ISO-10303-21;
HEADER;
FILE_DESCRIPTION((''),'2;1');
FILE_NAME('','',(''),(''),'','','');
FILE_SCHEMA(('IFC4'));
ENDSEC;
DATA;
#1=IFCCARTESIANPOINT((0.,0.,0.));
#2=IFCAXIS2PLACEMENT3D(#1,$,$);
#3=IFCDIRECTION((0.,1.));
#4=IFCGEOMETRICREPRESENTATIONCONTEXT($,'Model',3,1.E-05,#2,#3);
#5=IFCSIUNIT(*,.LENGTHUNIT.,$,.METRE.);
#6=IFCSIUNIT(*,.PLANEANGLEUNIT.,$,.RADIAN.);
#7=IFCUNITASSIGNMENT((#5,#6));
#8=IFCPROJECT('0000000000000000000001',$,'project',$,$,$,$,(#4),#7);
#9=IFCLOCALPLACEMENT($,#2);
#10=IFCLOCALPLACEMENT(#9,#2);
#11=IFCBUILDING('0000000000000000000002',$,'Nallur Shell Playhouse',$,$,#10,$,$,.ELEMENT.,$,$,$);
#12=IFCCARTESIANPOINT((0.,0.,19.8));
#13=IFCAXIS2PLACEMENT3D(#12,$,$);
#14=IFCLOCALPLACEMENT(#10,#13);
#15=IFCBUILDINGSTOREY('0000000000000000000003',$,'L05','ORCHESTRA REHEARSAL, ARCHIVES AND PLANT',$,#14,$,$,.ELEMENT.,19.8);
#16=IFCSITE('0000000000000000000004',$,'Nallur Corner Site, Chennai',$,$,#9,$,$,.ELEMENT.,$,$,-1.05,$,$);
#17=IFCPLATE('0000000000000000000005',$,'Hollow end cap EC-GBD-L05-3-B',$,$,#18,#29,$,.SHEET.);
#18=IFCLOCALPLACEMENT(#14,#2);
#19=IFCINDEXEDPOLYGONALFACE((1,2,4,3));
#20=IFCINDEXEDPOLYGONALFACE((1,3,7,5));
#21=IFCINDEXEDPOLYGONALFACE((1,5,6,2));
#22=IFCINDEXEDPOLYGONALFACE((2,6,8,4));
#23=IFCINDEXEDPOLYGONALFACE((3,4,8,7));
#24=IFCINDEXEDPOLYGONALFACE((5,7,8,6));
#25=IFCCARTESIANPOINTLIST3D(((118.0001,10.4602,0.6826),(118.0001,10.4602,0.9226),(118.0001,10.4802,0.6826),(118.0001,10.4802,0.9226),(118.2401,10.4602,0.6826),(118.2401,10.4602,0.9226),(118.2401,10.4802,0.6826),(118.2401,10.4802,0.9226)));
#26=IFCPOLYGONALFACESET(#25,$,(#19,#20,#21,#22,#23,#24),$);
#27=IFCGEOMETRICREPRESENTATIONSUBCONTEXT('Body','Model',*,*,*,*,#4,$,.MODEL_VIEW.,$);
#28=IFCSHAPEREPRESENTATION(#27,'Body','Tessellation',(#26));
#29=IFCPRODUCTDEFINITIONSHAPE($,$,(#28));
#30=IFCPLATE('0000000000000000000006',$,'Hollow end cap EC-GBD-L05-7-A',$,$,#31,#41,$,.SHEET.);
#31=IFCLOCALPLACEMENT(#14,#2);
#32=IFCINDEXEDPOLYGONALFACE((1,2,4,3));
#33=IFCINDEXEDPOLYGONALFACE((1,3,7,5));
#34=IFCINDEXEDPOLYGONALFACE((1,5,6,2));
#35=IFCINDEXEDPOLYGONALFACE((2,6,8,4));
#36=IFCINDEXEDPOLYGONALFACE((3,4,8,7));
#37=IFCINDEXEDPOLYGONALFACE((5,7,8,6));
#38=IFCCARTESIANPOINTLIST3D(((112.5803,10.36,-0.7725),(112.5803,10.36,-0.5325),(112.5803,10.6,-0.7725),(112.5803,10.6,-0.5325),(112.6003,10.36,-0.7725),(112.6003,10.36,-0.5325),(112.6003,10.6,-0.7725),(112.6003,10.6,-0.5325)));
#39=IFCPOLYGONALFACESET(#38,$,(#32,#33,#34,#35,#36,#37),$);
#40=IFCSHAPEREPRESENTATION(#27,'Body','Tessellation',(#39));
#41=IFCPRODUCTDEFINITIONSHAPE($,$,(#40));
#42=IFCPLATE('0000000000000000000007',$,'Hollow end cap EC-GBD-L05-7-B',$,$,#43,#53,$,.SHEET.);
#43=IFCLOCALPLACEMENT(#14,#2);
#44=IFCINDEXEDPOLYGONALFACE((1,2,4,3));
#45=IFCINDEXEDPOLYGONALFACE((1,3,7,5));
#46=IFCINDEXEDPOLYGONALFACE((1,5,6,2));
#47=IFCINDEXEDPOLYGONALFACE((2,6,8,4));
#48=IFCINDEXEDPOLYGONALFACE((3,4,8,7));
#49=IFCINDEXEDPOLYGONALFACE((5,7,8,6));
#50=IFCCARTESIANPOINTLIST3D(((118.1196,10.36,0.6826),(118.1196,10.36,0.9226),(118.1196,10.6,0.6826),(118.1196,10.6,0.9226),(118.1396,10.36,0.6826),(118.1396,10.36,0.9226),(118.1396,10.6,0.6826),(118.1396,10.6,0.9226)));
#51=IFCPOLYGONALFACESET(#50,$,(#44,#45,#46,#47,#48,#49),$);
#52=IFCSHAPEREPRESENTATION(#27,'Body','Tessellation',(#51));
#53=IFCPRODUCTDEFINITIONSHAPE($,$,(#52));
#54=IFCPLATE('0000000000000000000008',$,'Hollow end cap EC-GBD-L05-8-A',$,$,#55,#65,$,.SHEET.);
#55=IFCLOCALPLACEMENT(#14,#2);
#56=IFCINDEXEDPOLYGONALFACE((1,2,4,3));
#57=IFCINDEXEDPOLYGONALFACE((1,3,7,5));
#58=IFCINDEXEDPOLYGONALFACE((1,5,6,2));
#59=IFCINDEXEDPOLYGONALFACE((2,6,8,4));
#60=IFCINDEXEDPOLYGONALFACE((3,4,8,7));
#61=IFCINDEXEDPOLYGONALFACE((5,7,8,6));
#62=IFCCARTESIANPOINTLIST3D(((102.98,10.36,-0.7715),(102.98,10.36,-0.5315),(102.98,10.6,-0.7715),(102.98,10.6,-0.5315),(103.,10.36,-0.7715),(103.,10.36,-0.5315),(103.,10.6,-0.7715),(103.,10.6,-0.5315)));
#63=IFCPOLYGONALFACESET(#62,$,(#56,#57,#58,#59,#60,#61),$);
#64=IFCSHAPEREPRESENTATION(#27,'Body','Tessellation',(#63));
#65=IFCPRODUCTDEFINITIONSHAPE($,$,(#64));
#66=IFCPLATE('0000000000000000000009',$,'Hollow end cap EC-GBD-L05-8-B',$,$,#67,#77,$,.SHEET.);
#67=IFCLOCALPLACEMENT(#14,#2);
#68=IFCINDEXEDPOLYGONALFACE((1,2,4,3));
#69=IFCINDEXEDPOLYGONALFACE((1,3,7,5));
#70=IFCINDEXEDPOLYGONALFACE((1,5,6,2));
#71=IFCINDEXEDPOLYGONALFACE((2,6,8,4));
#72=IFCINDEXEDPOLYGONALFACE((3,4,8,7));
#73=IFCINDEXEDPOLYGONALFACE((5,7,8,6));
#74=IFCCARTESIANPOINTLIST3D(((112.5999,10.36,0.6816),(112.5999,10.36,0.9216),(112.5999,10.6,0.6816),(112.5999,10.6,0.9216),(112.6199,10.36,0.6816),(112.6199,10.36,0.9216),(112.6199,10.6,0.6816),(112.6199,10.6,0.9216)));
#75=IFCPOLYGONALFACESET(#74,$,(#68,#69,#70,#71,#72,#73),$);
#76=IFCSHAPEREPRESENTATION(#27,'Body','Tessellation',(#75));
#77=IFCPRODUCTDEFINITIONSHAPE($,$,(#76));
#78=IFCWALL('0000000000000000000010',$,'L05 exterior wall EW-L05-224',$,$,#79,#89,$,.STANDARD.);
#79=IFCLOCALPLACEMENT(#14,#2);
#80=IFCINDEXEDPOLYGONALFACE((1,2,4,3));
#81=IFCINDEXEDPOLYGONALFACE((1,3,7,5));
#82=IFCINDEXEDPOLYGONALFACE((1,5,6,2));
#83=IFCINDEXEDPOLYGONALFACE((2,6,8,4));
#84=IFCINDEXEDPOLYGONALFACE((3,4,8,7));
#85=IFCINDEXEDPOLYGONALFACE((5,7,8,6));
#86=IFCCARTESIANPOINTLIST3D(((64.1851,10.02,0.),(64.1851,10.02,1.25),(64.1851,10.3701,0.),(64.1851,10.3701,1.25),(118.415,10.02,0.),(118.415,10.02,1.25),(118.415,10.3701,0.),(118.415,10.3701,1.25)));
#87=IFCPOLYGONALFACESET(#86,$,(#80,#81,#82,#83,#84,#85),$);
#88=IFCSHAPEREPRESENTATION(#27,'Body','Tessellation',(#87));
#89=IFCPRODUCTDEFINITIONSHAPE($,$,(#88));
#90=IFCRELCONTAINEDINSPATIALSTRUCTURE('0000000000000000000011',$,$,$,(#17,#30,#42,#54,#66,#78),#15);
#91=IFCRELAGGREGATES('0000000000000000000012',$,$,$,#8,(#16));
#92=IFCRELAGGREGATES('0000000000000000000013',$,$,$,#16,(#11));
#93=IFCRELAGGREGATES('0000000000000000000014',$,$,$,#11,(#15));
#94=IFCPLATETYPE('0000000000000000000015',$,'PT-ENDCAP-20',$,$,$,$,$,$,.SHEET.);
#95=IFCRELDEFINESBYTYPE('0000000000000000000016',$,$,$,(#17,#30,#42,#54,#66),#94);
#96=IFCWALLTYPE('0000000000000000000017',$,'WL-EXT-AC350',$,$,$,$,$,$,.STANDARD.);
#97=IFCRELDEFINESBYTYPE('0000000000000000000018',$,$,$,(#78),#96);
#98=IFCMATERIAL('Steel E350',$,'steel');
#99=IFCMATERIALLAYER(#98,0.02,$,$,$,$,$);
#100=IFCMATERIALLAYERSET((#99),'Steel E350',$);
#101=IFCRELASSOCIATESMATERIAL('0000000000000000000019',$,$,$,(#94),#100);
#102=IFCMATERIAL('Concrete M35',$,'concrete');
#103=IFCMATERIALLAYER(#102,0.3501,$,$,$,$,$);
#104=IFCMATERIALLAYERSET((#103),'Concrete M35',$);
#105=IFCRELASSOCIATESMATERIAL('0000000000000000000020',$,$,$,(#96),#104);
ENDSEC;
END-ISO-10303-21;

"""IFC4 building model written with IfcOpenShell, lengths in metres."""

from ifc_helpers import new_model, si_unit, direction, frame, frame_2d, origin, origin_2d, place, context, subcontext, project, spatial, rectangle, extrude, material, layer, layer_set, type_object, element, save


model = new_model("IFC4")

# Units and contexts
model_context = context("Model", 3, precision=1e-05, world=origin(), true_north=direction((0.0, 1.0)))
body_context = subcontext(model_context, "Body", "Model", "MODEL_VIEW")
ifc_project = project(units=[si_unit("LENGTHUNIT", "METRE"), si_unit("PLANEANGLEUNIT", "RADIAN")], contexts=[model_context])

# Site, building, storey
site_placement = place(None, origin())
site = spatial("IfcSite", under=ifc_project, at=site_placement, Name="Nallur Corner Site, Chennai", CompositionType="ELEMENT", RefElevation=-1.05)
building_placement = place(site_placement, origin())
building = spatial("IfcBuilding", under=site, at=building_placement, Name="Nallur Shell Playhouse", CompositionType="ELEMENT")
storey_placement = place(building_placement, frame((0.0, 0.0, 19.8)))
storey = spatial("IfcBuildingStorey", under=building, at=storey_placement, Name="L05", Description="ORCHESTRA REHEARSAL, ARCHIVES AND PLANT", CompositionType="ELEMENT", Elevation=19.8)

# Shared definitions
ifc_material_1 = material(Name="Steel E350", Category="steel")

# Plates
ifc_layer_1 = layer(ifc_material_1, 0.02)
ifc_layer_set_1 = layer_set([ifc_layer_1], Name="Steel E350")
plate_type = type_object("IfcPlateType", Name="PT-ENDCAP-20", PredefinedType="SHEET", material=ifc_layer_set_1)
for number, where, z_axis, x_axis, name in (
    (1, (118.1201, 10.4702, 0.6826), (0.0, 0.0, 1.0), (1.0, 0.0, 0.0), "Hollow end cap EC-GBD-L05-3-B"),
):
    element("IfcPlate", number, at=place(storey_placement, frame(where, z_axis=z_axis, x_axis=x_axis)), inside=storey, type_object=plate_type, Name=name, PredefinedType="SHEET", context=body_context, shape_type="SweptSolid", body=[
        extrude(rectangle(XDim=0.24, YDim=0.02, at=origin_2d()), origin(), (0.0, 0.0, 1.0), 0.24),
    ])
for number, where, z_axis, x_axis, name in (
    (2, (112.5903, 10.48, -0.7725), (0.0, 0.0, 1.0), (1.0, 0.0, 0.0), "Hollow end cap EC-GBD-L05-7-A"),
    (3, (118.1296, 10.48, 0.6826), (0.0, 0.0, 1.0), (1.0, 0.0, 0.0), "Hollow end cap EC-GBD-L05-7-B"),
    (4, (102.99, 10.48, -0.7715), (0.0, 0.0, 1.0), (1.0, 0.0, 0.0), "Hollow end cap EC-GBD-L05-8-A"),
    (5, (112.6099, 10.48, 0.6816), (0.0, 0.0, 1.0), (1.0, 0.0, 0.0), "Hollow end cap EC-GBD-L05-8-B"),
):
    element("IfcPlate", number, at=place(storey_placement, frame(where, z_axis=z_axis, x_axis=x_axis)), inside=storey, type_object=plate_type, Name=name, PredefinedType="SHEET", context=body_context, shape_type="SweptSolid", body=[
        extrude(rectangle(XDim=0.02, YDim=0.24, at=origin_2d()), origin(), (0.0, 0.0, 1.0), 0.24),
    ])

# Wall
ifc_material_2 = material(Name="Concrete M35", Category="concrete")
ifc_layer_2 = layer(ifc_material_2, 0.3501)
ifc_layer_set_2 = layer_set([ifc_layer_2], Name="Concrete M35")
wall_type = type_object("IfcWallType", Name="WL-EXT-AC350", PredefinedType="STANDARD", material=ifc_layer_set_2)
wall_placement = place(storey_placement, frame((118.415, 10.1951, 0.0), z_axis=(0.0, 0.0, 1.0), x_axis=(-1.0, 0.0, 0.0)))
element("IfcWall", 6, at=wall_placement, inside=storey, type_object=wall_type, Name="L05 exterior wall EW-L05-224", PredefinedType="STANDARD", context=body_context, shape_type="SweptSolid", body=[
    extrude(rectangle(XDim=54.23, YDim=0.3501, at=frame_2d((27.115, 0.0))), origin(), (0.0, 0.0, 1.0), 1.25),
])

save(model, "model.ifc")
